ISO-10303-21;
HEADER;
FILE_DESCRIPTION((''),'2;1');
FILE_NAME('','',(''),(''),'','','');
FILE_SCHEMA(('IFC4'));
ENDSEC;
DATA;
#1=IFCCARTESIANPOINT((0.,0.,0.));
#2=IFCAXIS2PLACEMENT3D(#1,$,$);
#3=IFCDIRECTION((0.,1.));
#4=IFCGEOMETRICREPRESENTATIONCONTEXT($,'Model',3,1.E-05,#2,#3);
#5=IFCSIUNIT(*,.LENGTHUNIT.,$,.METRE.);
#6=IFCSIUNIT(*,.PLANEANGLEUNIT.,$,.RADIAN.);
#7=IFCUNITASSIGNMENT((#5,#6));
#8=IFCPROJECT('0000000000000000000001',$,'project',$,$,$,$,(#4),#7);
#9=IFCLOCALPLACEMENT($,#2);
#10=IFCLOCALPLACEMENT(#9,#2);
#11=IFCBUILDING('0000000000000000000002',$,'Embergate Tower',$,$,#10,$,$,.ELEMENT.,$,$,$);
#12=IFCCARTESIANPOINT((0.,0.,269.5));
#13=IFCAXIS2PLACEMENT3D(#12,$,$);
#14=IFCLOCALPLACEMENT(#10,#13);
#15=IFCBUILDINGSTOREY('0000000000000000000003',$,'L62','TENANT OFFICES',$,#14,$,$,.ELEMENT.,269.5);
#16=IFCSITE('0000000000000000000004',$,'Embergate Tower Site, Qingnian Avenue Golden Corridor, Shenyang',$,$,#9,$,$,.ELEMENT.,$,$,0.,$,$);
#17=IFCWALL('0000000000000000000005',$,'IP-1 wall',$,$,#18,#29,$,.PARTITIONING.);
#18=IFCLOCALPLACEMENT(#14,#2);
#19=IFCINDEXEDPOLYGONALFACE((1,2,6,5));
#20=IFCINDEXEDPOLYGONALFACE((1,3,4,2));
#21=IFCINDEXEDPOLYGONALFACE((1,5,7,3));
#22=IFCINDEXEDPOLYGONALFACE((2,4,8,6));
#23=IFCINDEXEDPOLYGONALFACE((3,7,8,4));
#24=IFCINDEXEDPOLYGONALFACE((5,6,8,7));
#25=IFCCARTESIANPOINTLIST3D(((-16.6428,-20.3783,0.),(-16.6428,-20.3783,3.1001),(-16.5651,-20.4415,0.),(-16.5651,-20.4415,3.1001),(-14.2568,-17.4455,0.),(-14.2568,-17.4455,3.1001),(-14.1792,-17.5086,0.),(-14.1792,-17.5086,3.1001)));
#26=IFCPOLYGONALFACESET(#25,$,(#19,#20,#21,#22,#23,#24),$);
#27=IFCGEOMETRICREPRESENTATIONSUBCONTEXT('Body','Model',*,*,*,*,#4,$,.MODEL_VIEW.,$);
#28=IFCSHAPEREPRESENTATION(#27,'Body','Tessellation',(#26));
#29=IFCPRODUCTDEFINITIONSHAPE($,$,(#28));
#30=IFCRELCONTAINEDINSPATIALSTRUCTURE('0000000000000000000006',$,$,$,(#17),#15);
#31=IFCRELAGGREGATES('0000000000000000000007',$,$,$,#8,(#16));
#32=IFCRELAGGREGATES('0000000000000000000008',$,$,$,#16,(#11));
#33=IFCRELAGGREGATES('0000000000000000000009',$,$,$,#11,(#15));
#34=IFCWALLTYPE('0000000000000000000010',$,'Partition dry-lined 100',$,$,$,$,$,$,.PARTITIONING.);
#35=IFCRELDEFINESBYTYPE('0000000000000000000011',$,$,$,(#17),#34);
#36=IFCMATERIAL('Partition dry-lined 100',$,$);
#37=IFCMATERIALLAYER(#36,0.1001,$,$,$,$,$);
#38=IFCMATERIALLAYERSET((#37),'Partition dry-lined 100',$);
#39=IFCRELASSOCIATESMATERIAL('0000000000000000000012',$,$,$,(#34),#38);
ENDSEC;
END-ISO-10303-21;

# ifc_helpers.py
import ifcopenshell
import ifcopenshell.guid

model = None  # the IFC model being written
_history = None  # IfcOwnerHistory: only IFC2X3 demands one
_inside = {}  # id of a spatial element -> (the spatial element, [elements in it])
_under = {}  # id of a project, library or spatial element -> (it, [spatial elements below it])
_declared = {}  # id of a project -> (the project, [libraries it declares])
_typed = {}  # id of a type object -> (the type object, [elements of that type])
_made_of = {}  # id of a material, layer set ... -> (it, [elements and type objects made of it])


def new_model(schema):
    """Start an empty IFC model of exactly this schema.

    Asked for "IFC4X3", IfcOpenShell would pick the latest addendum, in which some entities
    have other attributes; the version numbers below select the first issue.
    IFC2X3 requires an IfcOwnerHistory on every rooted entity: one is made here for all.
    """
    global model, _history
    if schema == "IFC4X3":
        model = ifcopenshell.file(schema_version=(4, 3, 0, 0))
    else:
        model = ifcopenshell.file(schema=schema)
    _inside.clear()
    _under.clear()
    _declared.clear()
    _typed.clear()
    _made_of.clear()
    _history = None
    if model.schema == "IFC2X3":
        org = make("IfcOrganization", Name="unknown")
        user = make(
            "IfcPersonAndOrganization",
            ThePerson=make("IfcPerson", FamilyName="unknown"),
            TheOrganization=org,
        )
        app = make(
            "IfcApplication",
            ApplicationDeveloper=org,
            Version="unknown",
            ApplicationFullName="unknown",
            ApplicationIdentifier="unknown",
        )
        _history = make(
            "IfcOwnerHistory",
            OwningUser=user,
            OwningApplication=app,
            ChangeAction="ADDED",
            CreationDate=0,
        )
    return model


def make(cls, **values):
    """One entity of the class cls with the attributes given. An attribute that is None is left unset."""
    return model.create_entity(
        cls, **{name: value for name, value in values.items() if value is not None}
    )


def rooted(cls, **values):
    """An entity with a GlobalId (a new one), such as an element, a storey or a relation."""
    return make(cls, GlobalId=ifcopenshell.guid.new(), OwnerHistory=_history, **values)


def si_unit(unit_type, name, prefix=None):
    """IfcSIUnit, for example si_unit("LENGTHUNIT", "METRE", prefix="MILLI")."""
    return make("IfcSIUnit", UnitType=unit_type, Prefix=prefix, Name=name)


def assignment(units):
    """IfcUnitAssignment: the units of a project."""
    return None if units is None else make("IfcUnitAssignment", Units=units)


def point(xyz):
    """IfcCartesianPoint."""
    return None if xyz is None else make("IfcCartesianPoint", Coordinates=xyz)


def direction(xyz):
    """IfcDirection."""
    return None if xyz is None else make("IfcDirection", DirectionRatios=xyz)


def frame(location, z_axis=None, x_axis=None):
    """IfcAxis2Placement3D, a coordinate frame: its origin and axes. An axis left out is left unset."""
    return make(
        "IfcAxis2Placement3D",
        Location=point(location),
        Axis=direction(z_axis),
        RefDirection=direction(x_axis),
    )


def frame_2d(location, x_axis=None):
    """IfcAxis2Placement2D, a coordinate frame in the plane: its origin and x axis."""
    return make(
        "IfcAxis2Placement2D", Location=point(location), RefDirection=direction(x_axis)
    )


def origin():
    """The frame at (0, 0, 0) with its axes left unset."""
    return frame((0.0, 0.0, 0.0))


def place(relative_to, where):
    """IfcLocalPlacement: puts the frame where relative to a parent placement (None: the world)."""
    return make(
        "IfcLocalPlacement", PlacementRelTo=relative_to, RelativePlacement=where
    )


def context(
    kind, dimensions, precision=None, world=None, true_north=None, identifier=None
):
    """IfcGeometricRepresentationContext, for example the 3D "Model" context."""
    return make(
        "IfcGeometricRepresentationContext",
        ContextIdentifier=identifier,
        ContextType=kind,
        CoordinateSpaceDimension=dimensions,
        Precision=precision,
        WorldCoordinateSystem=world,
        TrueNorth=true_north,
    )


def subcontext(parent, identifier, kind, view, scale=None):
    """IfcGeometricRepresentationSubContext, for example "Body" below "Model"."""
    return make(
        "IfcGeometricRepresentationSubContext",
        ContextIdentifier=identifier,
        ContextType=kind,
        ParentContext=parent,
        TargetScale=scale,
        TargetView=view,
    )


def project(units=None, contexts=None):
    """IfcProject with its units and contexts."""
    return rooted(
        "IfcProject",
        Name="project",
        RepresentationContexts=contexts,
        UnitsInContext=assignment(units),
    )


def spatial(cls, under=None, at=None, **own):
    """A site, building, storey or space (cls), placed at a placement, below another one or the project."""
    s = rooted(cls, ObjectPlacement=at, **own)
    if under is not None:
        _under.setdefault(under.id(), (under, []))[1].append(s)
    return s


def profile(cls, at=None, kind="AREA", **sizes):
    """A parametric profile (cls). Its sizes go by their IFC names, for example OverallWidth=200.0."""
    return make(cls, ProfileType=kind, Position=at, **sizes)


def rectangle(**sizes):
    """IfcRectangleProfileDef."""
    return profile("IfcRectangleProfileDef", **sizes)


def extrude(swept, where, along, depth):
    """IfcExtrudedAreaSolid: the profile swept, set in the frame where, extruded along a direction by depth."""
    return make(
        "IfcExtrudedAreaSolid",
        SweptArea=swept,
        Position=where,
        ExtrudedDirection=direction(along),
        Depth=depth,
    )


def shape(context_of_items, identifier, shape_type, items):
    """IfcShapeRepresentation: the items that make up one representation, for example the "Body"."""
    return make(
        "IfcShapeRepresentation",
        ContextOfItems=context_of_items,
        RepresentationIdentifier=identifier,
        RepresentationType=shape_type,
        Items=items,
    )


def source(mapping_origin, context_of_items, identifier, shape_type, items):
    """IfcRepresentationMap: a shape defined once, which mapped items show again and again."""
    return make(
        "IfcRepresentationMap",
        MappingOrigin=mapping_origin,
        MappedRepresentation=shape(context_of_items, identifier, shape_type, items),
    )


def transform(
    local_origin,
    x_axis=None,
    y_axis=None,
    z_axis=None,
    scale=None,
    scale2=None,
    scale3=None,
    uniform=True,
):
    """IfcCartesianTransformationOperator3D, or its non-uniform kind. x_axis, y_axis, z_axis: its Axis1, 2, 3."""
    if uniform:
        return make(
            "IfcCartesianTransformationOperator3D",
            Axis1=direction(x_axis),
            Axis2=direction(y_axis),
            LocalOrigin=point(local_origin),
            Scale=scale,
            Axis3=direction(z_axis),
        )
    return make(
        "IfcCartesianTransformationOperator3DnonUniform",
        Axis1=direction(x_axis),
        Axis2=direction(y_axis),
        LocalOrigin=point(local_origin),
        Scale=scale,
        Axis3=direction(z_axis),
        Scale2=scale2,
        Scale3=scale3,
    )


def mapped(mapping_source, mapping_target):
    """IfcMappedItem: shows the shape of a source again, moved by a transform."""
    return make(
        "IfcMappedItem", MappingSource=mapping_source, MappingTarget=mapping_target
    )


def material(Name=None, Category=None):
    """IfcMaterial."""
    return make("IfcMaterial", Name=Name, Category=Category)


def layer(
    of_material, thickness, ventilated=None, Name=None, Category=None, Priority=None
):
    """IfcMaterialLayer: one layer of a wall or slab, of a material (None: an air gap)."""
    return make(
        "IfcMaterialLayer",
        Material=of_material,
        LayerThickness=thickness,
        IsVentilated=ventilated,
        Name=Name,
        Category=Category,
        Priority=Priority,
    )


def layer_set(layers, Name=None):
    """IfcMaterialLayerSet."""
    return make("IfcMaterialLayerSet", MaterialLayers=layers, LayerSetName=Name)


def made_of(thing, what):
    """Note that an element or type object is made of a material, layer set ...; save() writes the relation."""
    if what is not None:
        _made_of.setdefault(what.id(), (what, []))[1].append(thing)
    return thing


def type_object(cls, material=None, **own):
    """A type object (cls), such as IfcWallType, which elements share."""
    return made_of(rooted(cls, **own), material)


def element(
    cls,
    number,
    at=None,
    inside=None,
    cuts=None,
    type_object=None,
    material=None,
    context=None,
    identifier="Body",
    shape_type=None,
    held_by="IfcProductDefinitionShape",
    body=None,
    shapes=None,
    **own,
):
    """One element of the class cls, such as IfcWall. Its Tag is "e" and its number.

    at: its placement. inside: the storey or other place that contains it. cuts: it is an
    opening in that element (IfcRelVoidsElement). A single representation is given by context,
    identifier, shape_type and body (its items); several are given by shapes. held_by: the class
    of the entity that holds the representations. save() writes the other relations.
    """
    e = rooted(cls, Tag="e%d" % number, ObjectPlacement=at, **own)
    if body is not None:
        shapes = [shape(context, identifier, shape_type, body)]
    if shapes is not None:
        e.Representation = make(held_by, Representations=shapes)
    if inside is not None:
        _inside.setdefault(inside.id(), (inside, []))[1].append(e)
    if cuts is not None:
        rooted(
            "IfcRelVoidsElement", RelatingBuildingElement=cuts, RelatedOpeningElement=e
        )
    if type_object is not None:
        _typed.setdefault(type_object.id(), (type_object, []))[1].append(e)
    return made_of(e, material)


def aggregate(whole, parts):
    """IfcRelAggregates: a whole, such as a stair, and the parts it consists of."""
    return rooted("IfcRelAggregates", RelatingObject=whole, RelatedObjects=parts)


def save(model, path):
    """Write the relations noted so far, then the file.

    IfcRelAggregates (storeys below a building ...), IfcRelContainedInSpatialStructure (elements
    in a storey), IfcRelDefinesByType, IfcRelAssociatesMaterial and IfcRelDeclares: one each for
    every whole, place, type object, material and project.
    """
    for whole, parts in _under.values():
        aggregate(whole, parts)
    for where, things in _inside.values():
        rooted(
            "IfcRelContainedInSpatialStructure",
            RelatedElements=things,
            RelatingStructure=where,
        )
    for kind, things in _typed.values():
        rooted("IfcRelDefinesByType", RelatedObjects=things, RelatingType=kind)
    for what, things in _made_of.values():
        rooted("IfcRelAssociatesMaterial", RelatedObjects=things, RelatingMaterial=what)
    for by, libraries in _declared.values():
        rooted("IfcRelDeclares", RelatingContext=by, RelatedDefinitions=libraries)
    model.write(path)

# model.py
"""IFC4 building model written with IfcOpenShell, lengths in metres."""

from ifc_helpers import new_model, si_unit, direction, frame, frame_2d, origin, place, context, subcontext, project, spatial, rectangle, extrude, source, transform, mapped, material, layer, layer_set, type_object, element, save


model = new_model("IFC4")

# Units and contexts
model_context = context("Model", 3, precision=1e-05, world=origin(), true_north=direction((0.0, 1.0)))
body_context = subcontext(model_context, "Body", "Model", "MODEL_VIEW")
ifc_project = project(units=[si_unit("LENGTHUNIT", "METRE"), si_unit("PLANEANGLEUNIT", "RADIAN")], contexts=[model_context])

# Site, building, storey
site_placement = place(None, origin())
site = spatial("IfcSite", under=ifc_project, at=site_placement, Name="Embergate Tower Site, Qingnian Avenue Golden Corridor, Shenyang", CompositionType="ELEMENT", RefElevation=0.0)
building_placement = place(site_placement, origin())
building = spatial("IfcBuilding", under=site, at=building_placement, Name="Embergate Tower", CompositionType="ELEMENT")
storey_placement = place(building_placement, frame((0.0, 0.0, 269.5)))
storey = spatial("IfcBuildingStorey", under=building, at=storey_placement, Name="L62", Description="TENANT OFFICES", CompositionType="ELEMENT", Elevation=269.5)

# Wall
ifc_material_1 = material(Name="Partition dry-lined 100")
ifc_layer_1 = layer(ifc_material_1, 0.1001)
ifc_layer_set_1 = layer_set([ifc_layer_1], Name="Partition dry-lined 100")
wall_type = type_object("IfcWallType", Name="Partition dry-lined 100", PredefinedType="PARTITIONING", material=ifc_layer_set_1)
shared_shape_1 = source(origin(), body_context, "Body", "SweptSolid", [
    extrude(rectangle(XDim=3.7808, YDim=0.1001, at=frame_2d((1.8904, 0.0))), origin(), (0.0, 0.0, 1.0), 3.1001),
])
wall_placement = place(storey_placement, frame((-14.218, -17.4771, 0.0), z_axis=(0.0, 0.0, 1.0), x_axis=(-0.631076, -0.775721, 0.0)))
element("IfcWall", 1, at=wall_placement, inside=storey, type_object=wall_type, Name="IP-1 wall", PredefinedType="PARTITIONING", context=body_context, shape_type="MappedRepresentation", body=[
    mapped(shared_shape_1, transform((0.0, 0.0, 0.0))),
])

save(model, "model.ifc")
